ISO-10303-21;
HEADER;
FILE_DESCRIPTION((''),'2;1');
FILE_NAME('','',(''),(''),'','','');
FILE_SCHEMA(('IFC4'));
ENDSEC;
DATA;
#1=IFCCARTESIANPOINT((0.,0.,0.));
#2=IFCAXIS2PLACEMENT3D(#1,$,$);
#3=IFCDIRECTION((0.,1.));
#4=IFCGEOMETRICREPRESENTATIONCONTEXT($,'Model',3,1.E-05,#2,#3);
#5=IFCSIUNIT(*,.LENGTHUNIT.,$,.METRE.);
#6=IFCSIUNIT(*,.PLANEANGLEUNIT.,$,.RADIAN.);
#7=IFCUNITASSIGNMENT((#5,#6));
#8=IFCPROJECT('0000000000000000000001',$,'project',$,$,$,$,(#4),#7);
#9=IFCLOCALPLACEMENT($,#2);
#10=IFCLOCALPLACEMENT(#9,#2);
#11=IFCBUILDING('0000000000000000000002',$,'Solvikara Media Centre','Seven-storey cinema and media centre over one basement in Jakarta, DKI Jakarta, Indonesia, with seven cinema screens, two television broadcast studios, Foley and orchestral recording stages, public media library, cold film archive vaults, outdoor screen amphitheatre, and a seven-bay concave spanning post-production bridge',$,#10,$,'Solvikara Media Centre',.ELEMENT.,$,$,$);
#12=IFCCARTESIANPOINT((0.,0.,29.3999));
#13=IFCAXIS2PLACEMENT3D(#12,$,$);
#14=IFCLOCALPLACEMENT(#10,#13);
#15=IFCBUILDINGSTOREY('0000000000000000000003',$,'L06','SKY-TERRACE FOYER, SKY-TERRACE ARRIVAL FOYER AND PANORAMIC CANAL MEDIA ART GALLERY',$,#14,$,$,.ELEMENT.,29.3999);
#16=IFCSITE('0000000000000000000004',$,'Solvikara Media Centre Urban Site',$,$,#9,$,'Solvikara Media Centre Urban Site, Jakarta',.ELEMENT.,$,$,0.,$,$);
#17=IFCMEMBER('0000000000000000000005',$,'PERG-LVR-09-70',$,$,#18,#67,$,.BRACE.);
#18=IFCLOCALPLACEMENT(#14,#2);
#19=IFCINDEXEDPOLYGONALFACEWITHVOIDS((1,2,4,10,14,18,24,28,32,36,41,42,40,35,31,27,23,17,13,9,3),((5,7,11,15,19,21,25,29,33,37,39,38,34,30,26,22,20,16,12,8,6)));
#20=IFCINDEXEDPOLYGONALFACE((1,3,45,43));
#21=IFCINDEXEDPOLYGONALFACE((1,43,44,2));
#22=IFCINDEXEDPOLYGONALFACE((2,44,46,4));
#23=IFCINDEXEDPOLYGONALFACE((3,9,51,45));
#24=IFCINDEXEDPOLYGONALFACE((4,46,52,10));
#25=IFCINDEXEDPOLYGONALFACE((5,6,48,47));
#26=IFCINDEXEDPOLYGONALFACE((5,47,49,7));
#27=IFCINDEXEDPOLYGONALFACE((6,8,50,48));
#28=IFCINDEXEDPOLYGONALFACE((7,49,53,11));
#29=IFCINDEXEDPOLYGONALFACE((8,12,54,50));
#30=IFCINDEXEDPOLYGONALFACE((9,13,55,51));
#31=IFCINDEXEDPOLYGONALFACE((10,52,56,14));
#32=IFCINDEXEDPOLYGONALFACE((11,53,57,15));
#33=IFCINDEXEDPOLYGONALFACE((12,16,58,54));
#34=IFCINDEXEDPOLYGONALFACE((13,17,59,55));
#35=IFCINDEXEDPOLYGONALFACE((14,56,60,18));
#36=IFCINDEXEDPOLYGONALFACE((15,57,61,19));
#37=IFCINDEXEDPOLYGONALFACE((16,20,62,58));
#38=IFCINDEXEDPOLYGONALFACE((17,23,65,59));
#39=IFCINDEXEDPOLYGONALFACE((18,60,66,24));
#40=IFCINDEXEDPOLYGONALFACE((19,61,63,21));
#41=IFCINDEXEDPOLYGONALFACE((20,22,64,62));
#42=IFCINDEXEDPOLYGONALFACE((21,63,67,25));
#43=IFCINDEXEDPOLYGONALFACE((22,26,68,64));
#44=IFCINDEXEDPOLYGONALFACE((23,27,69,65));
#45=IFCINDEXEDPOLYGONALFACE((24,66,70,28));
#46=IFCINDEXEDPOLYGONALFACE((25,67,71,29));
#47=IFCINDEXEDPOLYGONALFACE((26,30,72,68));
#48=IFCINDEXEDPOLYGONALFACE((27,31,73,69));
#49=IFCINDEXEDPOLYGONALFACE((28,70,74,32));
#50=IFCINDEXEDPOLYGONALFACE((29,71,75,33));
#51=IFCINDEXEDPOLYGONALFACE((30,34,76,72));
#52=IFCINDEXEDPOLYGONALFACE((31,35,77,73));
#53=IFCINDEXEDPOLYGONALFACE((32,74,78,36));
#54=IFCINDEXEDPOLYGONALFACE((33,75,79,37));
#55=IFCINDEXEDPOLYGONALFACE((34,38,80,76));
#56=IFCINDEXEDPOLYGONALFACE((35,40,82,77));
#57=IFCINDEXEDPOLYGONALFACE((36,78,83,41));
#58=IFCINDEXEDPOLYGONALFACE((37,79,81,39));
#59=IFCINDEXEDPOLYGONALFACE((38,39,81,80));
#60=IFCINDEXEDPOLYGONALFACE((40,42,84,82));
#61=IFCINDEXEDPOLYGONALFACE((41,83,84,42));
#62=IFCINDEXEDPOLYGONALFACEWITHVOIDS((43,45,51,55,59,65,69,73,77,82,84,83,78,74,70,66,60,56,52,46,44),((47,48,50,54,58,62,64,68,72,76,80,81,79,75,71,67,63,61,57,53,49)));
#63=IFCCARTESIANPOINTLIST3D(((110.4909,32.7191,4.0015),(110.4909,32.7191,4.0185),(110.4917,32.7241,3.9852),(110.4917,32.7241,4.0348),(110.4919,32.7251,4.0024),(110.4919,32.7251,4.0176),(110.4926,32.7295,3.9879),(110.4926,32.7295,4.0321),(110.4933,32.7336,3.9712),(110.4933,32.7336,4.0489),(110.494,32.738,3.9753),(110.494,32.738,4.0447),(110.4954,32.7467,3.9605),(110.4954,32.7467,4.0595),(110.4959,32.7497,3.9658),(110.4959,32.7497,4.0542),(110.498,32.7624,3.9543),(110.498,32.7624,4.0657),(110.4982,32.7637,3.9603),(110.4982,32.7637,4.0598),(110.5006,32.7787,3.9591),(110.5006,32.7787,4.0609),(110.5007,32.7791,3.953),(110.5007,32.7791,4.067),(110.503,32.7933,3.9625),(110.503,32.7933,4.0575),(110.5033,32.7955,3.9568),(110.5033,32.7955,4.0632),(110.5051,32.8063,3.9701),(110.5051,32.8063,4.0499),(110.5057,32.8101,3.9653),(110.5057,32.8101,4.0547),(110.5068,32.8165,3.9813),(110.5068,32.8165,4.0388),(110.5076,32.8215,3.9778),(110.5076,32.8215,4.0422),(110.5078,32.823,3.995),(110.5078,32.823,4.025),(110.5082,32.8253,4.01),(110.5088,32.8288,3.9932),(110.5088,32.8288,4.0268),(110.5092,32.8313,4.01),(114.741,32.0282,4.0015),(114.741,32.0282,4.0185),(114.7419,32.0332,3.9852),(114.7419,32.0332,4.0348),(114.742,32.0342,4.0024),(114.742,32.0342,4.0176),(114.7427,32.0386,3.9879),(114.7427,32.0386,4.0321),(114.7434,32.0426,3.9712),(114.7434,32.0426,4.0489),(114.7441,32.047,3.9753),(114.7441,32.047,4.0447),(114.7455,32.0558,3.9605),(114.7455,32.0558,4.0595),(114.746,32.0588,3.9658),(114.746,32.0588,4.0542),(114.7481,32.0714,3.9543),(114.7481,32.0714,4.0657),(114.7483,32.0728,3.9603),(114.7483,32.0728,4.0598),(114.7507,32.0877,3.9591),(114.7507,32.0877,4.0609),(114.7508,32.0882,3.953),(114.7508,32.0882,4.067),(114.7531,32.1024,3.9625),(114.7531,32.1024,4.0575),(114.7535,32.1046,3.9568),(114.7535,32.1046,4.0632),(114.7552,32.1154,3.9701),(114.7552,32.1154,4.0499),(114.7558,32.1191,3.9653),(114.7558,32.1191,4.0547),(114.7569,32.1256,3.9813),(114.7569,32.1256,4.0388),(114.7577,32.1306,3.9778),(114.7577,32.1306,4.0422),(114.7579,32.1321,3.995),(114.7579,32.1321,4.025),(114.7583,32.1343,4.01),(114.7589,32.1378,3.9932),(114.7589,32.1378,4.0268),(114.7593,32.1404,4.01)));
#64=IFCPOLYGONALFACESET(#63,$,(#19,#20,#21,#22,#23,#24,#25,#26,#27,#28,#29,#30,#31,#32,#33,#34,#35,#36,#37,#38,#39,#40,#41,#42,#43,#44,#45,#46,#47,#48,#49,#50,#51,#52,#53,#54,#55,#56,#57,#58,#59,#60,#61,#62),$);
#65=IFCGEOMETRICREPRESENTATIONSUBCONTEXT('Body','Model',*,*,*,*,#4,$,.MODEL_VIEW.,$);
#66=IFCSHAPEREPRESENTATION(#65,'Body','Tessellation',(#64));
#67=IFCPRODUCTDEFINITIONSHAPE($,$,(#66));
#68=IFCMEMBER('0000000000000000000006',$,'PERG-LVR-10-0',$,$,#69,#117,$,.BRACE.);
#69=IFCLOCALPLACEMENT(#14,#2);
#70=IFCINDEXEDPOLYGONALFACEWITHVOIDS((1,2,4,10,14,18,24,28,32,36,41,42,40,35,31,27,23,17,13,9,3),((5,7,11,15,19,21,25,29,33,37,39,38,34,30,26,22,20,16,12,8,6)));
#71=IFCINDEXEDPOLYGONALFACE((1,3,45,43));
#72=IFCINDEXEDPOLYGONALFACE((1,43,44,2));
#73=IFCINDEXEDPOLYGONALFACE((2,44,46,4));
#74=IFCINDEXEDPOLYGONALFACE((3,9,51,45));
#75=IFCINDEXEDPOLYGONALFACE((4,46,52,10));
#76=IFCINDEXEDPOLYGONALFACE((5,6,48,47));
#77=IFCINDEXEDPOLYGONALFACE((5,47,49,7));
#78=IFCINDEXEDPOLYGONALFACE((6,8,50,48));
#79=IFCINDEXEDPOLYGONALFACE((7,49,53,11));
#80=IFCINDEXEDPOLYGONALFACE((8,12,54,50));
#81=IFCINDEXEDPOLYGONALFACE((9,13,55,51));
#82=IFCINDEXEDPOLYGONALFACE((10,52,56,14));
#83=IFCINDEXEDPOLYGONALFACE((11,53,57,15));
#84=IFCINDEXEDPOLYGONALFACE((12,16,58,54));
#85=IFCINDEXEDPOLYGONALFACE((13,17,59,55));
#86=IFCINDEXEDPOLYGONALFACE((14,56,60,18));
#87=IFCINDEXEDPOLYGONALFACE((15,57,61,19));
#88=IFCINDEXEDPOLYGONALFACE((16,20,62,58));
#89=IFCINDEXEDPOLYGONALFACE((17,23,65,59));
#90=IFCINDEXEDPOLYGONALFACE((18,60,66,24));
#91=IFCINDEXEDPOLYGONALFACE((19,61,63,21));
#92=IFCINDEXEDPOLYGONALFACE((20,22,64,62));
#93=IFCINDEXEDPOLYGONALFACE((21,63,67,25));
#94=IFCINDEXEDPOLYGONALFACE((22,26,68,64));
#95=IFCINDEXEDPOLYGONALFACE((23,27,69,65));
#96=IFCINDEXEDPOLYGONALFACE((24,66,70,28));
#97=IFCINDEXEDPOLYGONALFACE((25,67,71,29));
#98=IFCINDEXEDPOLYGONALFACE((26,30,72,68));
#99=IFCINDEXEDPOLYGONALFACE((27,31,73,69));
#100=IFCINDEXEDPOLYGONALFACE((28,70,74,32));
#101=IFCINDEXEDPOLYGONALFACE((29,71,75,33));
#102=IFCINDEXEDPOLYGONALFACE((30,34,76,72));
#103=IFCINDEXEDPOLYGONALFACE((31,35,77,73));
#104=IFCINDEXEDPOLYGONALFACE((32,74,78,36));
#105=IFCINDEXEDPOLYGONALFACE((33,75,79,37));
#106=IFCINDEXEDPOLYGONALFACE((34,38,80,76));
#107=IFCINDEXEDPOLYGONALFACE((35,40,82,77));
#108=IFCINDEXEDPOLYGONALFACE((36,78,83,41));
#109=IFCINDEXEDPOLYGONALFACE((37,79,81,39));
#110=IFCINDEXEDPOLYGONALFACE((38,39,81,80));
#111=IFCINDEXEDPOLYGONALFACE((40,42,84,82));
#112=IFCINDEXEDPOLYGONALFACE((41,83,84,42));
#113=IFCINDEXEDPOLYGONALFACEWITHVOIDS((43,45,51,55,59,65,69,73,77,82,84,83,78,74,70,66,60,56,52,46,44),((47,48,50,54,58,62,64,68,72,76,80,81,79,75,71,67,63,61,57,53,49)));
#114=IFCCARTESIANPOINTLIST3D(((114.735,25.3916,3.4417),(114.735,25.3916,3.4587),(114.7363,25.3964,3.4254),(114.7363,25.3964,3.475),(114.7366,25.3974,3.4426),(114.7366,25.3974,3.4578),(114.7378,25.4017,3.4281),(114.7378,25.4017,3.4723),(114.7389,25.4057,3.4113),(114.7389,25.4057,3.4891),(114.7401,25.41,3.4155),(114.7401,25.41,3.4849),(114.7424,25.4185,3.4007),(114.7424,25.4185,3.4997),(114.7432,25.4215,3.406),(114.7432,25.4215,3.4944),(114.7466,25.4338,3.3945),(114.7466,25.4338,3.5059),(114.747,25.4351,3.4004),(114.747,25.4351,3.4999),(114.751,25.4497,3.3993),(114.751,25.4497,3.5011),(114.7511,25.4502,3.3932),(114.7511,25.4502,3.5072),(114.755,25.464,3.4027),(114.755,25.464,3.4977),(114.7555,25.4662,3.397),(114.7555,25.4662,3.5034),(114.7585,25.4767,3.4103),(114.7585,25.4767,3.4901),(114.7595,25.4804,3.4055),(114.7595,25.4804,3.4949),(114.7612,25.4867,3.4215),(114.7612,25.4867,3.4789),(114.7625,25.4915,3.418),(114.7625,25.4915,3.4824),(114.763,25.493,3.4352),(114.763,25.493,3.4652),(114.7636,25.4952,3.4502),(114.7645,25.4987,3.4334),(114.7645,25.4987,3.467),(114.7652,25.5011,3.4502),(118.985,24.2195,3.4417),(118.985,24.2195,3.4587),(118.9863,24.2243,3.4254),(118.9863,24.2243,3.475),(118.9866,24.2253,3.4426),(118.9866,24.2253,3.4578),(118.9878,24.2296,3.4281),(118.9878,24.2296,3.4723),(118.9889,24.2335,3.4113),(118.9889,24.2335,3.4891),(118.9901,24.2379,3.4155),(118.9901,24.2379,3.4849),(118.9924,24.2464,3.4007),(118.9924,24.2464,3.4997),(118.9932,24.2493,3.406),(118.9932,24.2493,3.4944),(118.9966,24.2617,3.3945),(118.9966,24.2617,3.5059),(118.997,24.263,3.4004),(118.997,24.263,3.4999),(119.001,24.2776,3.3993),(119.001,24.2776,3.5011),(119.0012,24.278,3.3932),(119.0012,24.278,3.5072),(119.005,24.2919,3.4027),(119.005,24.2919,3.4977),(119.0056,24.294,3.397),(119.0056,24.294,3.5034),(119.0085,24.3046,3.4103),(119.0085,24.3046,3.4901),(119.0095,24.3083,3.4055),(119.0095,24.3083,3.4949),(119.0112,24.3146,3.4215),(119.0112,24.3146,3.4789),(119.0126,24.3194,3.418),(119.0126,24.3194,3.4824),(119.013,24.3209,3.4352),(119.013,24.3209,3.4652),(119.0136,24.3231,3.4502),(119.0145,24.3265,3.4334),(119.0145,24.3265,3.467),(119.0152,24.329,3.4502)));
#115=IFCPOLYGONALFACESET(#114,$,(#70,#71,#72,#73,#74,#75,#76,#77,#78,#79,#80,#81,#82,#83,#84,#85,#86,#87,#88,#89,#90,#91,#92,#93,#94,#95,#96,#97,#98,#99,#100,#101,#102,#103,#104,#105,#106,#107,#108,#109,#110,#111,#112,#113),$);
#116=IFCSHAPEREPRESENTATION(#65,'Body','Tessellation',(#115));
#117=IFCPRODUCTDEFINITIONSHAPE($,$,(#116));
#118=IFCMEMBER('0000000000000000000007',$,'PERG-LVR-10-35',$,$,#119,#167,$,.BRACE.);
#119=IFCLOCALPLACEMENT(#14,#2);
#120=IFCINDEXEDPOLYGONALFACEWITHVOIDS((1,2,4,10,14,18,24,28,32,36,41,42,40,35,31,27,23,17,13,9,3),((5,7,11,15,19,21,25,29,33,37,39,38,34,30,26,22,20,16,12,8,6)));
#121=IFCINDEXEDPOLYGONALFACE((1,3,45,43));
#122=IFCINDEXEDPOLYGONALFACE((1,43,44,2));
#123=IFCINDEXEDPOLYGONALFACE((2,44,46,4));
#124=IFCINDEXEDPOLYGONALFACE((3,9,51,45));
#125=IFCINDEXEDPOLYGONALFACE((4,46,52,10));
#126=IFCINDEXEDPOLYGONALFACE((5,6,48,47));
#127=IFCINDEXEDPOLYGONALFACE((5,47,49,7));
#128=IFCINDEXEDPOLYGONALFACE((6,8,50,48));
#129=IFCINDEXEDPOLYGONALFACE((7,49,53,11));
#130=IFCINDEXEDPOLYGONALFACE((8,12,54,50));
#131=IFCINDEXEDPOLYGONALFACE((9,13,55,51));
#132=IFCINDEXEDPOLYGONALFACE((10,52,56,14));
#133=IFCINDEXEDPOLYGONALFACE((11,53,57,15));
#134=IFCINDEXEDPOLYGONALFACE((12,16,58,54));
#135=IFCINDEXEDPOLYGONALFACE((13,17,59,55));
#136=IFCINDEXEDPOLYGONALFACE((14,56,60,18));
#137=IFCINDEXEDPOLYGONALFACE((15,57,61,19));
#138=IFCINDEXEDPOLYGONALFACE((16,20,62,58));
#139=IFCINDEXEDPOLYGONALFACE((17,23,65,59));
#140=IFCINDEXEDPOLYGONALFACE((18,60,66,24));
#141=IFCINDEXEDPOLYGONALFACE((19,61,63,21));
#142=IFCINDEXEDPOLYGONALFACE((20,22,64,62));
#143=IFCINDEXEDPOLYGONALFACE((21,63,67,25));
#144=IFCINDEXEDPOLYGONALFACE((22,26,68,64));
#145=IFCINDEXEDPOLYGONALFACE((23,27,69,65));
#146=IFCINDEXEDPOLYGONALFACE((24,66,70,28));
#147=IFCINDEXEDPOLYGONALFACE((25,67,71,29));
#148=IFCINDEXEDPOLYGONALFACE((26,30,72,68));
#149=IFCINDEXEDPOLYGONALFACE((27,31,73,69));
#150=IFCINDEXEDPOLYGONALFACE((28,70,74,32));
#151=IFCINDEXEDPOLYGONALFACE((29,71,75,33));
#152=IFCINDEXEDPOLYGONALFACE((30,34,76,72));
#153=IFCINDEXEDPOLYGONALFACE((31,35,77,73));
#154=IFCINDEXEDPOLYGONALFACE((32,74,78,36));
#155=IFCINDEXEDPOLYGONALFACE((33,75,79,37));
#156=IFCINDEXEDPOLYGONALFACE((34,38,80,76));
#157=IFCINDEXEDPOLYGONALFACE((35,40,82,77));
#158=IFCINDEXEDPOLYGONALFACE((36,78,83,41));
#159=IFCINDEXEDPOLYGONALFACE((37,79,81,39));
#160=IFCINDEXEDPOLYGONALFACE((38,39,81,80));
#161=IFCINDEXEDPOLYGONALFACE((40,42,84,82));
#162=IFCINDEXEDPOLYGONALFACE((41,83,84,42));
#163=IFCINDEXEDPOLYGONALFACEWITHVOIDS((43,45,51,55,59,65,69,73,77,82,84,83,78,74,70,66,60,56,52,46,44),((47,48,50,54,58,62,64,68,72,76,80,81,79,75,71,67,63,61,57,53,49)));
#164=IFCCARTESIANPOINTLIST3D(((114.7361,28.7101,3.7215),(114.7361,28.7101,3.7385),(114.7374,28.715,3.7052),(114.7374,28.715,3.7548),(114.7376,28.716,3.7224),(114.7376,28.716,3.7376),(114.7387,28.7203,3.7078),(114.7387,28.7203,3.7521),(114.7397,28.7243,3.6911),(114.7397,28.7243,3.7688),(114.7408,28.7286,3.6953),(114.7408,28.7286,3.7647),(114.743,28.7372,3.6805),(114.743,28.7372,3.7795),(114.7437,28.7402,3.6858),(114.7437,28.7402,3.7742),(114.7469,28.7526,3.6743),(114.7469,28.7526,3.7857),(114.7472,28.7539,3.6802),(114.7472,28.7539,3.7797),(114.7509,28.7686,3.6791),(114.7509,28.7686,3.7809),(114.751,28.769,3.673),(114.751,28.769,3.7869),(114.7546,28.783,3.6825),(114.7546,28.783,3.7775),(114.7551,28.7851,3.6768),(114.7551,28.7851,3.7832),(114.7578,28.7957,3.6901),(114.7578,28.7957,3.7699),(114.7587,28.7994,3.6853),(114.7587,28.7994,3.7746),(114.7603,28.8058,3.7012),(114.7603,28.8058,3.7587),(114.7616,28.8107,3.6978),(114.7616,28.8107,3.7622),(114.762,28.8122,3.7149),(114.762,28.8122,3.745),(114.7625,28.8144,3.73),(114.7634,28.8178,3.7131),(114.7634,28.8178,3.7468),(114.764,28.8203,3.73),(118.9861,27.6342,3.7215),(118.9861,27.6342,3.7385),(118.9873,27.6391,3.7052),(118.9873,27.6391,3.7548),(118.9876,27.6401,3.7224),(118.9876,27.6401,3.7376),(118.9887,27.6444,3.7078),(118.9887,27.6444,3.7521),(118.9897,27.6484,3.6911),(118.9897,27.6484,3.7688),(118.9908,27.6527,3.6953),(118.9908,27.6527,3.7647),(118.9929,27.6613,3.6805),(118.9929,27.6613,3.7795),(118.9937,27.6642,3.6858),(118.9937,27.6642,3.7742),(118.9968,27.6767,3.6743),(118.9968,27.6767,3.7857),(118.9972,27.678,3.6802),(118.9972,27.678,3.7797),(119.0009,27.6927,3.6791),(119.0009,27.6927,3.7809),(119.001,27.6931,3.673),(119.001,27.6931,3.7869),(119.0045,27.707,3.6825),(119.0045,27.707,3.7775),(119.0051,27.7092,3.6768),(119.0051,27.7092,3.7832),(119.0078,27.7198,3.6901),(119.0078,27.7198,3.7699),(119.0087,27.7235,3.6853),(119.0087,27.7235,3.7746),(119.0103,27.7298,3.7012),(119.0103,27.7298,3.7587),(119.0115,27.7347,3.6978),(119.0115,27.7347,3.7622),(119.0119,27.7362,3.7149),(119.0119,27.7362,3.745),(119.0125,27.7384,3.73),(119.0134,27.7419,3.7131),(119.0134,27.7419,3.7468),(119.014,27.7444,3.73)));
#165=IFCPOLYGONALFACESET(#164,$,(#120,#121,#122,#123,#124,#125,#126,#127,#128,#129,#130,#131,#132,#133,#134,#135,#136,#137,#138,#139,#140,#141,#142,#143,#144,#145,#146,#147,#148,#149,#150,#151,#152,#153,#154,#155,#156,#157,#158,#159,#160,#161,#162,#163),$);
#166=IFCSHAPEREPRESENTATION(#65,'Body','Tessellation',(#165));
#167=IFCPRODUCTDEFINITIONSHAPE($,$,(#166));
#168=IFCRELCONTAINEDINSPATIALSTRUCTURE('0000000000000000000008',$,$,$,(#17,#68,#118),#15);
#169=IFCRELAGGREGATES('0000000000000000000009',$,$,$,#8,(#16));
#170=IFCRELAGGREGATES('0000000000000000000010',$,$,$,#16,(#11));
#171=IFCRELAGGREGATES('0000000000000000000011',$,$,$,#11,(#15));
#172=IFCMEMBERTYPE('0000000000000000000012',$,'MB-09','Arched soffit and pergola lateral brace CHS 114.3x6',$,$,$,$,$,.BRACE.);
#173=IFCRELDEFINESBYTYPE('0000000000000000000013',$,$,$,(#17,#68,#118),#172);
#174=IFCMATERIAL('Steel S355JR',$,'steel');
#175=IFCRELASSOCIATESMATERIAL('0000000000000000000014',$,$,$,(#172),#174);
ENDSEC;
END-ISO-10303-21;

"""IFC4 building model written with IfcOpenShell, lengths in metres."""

from ifc_helpers import new_model, si_unit, direction, frame, origin, origin_2d, place, context, subcontext, project, spatial, hollow_circle, extrude, material, material_profile, profile_set, type_object, element, save


model = new_model("IFC4")

# Units and contexts
model_context = context("Model", 3, precision=1e-05, world=origin(), true_north=direction((0.0, 1.0)))
body_context = subcontext(model_context, "Body", "Model", "MODEL_VIEW")
ifc_project = project(units=[si_unit("LENGTHUNIT", "METRE"), si_unit("PLANEANGLEUNIT", "RADIAN")], contexts=[model_context])

# Site, building, storey
site_placement = place(None, origin())
site = spatial("IfcSite", under=ifc_project, at=site_placement, Name="Solvikara Media Centre Urban Site", LongName="Solvikara Media Centre Urban Site, Jakarta", CompositionType="ELEMENT", RefElevation=0.0)
building_placement = place(site_placement, origin())
building = spatial("IfcBuilding", under=site, at=building_placement, Name="Solvikara Media Centre", Description="Seven-storey cinema and media centre over one basement in Jakarta, DKI Jakarta, Indonesia, with seven cinema screens, two television broadcast studios, Foley and orchestral recording stages, public media library, cold film archive vaults, outdoor screen amphitheatre, and a seven-bay concave spanning post-production bridge", LongName="Solvikara Media Centre", CompositionType="ELEMENT")
storey_placement = place(building_placement, frame((0.0, 0.0, 29.3999)))
storey = spatial("IfcBuildingStorey", under=building, at=storey_placement, Name="L06", Description="SKY-TERRACE FOYER, SKY-TERRACE ARRIVAL FOYER AND PANORAMIC CANAL MEDIA ART GALLERY", CompositionType="ELEMENT", Elevation=29.3999)

# Shared definitions
ifc_material_1 = material(Name="Steel S355JR", Category="steel")

# Members
ifc_material_profile_1 = material_profile(ifc_material_1, hollow_circle(Radius=0.0571, WallThickness=0.0061, at=origin_2d()), Name="CHS 114.3x6")
ifc_profile_set_1 = profile_set([ifc_material_profile_1], Name="Steel S355JR")
member_type_1 = type_object("IfcMemberType", Name="MB-09", Description="Arched soffit and pergola lateral brace CHS 114.3x6", PredefinedType="BRACE", material=ifc_profile_set_1)
member_1_placement = place(storey_placement, frame((110.5, 32.7749, 4.01), z_axis=(0.987042, -0.160462, 0.0), x_axis=(0.160462, 0.987042, 0.0)))
element("IfcMember", 1, at=member_1_placement, inside=storey, type_object=member_type_1, Name="PERG-LVR-09-70", PredefinedType="BRACE", context=body_context, shape_type="SweptSolid", body=[
    extrude(hollow_circle(Radius=0.0571, WallThickness=0.0061, at=origin_2d()), origin(), (0.0, 0.0, 1.0), 4.3059),
])
member_2_placement = place(storey_placement, frame((114.75, 25.446, 3.4502), z_axis=(0.96401, -0.265867, 0.0), x_axis=(0.265867, 0.96401, 0.0)))
element("IfcMember", 2, at=member_2_placement, inside=storey, type_object=member_type_1, Name="PERG-LVR-10-0", PredefinedType="BRACE", context=body_context, shape_type="SweptSolid", body=[
    extrude(hollow_circle(Radius=0.0571, WallThickness=0.0061, at=origin_2d()), origin(), (0.0, 0.0, 1.0), 4.4087),
])
member_3_placement = place(storey_placement, frame((114.75, 28.7649, 3.73), z_axis=(0.969418, -0.245417, 0.0), x_axis=(0.245417, 0.969418, 0.0)))
element("IfcMember", 3, at=member_3_placement, inside=storey, type_object=member_type_1, Name="PERG-LVR-10-35", PredefinedType="BRACE", context=body_context, shape_type="SweptSolid", body=[
    extrude(hollow_circle(Radius=0.0571, WallThickness=0.0061, at=origin_2d()), origin(), (0.0, 0.0, 1.0), 4.384),
])

save(model, "model.ifc")
